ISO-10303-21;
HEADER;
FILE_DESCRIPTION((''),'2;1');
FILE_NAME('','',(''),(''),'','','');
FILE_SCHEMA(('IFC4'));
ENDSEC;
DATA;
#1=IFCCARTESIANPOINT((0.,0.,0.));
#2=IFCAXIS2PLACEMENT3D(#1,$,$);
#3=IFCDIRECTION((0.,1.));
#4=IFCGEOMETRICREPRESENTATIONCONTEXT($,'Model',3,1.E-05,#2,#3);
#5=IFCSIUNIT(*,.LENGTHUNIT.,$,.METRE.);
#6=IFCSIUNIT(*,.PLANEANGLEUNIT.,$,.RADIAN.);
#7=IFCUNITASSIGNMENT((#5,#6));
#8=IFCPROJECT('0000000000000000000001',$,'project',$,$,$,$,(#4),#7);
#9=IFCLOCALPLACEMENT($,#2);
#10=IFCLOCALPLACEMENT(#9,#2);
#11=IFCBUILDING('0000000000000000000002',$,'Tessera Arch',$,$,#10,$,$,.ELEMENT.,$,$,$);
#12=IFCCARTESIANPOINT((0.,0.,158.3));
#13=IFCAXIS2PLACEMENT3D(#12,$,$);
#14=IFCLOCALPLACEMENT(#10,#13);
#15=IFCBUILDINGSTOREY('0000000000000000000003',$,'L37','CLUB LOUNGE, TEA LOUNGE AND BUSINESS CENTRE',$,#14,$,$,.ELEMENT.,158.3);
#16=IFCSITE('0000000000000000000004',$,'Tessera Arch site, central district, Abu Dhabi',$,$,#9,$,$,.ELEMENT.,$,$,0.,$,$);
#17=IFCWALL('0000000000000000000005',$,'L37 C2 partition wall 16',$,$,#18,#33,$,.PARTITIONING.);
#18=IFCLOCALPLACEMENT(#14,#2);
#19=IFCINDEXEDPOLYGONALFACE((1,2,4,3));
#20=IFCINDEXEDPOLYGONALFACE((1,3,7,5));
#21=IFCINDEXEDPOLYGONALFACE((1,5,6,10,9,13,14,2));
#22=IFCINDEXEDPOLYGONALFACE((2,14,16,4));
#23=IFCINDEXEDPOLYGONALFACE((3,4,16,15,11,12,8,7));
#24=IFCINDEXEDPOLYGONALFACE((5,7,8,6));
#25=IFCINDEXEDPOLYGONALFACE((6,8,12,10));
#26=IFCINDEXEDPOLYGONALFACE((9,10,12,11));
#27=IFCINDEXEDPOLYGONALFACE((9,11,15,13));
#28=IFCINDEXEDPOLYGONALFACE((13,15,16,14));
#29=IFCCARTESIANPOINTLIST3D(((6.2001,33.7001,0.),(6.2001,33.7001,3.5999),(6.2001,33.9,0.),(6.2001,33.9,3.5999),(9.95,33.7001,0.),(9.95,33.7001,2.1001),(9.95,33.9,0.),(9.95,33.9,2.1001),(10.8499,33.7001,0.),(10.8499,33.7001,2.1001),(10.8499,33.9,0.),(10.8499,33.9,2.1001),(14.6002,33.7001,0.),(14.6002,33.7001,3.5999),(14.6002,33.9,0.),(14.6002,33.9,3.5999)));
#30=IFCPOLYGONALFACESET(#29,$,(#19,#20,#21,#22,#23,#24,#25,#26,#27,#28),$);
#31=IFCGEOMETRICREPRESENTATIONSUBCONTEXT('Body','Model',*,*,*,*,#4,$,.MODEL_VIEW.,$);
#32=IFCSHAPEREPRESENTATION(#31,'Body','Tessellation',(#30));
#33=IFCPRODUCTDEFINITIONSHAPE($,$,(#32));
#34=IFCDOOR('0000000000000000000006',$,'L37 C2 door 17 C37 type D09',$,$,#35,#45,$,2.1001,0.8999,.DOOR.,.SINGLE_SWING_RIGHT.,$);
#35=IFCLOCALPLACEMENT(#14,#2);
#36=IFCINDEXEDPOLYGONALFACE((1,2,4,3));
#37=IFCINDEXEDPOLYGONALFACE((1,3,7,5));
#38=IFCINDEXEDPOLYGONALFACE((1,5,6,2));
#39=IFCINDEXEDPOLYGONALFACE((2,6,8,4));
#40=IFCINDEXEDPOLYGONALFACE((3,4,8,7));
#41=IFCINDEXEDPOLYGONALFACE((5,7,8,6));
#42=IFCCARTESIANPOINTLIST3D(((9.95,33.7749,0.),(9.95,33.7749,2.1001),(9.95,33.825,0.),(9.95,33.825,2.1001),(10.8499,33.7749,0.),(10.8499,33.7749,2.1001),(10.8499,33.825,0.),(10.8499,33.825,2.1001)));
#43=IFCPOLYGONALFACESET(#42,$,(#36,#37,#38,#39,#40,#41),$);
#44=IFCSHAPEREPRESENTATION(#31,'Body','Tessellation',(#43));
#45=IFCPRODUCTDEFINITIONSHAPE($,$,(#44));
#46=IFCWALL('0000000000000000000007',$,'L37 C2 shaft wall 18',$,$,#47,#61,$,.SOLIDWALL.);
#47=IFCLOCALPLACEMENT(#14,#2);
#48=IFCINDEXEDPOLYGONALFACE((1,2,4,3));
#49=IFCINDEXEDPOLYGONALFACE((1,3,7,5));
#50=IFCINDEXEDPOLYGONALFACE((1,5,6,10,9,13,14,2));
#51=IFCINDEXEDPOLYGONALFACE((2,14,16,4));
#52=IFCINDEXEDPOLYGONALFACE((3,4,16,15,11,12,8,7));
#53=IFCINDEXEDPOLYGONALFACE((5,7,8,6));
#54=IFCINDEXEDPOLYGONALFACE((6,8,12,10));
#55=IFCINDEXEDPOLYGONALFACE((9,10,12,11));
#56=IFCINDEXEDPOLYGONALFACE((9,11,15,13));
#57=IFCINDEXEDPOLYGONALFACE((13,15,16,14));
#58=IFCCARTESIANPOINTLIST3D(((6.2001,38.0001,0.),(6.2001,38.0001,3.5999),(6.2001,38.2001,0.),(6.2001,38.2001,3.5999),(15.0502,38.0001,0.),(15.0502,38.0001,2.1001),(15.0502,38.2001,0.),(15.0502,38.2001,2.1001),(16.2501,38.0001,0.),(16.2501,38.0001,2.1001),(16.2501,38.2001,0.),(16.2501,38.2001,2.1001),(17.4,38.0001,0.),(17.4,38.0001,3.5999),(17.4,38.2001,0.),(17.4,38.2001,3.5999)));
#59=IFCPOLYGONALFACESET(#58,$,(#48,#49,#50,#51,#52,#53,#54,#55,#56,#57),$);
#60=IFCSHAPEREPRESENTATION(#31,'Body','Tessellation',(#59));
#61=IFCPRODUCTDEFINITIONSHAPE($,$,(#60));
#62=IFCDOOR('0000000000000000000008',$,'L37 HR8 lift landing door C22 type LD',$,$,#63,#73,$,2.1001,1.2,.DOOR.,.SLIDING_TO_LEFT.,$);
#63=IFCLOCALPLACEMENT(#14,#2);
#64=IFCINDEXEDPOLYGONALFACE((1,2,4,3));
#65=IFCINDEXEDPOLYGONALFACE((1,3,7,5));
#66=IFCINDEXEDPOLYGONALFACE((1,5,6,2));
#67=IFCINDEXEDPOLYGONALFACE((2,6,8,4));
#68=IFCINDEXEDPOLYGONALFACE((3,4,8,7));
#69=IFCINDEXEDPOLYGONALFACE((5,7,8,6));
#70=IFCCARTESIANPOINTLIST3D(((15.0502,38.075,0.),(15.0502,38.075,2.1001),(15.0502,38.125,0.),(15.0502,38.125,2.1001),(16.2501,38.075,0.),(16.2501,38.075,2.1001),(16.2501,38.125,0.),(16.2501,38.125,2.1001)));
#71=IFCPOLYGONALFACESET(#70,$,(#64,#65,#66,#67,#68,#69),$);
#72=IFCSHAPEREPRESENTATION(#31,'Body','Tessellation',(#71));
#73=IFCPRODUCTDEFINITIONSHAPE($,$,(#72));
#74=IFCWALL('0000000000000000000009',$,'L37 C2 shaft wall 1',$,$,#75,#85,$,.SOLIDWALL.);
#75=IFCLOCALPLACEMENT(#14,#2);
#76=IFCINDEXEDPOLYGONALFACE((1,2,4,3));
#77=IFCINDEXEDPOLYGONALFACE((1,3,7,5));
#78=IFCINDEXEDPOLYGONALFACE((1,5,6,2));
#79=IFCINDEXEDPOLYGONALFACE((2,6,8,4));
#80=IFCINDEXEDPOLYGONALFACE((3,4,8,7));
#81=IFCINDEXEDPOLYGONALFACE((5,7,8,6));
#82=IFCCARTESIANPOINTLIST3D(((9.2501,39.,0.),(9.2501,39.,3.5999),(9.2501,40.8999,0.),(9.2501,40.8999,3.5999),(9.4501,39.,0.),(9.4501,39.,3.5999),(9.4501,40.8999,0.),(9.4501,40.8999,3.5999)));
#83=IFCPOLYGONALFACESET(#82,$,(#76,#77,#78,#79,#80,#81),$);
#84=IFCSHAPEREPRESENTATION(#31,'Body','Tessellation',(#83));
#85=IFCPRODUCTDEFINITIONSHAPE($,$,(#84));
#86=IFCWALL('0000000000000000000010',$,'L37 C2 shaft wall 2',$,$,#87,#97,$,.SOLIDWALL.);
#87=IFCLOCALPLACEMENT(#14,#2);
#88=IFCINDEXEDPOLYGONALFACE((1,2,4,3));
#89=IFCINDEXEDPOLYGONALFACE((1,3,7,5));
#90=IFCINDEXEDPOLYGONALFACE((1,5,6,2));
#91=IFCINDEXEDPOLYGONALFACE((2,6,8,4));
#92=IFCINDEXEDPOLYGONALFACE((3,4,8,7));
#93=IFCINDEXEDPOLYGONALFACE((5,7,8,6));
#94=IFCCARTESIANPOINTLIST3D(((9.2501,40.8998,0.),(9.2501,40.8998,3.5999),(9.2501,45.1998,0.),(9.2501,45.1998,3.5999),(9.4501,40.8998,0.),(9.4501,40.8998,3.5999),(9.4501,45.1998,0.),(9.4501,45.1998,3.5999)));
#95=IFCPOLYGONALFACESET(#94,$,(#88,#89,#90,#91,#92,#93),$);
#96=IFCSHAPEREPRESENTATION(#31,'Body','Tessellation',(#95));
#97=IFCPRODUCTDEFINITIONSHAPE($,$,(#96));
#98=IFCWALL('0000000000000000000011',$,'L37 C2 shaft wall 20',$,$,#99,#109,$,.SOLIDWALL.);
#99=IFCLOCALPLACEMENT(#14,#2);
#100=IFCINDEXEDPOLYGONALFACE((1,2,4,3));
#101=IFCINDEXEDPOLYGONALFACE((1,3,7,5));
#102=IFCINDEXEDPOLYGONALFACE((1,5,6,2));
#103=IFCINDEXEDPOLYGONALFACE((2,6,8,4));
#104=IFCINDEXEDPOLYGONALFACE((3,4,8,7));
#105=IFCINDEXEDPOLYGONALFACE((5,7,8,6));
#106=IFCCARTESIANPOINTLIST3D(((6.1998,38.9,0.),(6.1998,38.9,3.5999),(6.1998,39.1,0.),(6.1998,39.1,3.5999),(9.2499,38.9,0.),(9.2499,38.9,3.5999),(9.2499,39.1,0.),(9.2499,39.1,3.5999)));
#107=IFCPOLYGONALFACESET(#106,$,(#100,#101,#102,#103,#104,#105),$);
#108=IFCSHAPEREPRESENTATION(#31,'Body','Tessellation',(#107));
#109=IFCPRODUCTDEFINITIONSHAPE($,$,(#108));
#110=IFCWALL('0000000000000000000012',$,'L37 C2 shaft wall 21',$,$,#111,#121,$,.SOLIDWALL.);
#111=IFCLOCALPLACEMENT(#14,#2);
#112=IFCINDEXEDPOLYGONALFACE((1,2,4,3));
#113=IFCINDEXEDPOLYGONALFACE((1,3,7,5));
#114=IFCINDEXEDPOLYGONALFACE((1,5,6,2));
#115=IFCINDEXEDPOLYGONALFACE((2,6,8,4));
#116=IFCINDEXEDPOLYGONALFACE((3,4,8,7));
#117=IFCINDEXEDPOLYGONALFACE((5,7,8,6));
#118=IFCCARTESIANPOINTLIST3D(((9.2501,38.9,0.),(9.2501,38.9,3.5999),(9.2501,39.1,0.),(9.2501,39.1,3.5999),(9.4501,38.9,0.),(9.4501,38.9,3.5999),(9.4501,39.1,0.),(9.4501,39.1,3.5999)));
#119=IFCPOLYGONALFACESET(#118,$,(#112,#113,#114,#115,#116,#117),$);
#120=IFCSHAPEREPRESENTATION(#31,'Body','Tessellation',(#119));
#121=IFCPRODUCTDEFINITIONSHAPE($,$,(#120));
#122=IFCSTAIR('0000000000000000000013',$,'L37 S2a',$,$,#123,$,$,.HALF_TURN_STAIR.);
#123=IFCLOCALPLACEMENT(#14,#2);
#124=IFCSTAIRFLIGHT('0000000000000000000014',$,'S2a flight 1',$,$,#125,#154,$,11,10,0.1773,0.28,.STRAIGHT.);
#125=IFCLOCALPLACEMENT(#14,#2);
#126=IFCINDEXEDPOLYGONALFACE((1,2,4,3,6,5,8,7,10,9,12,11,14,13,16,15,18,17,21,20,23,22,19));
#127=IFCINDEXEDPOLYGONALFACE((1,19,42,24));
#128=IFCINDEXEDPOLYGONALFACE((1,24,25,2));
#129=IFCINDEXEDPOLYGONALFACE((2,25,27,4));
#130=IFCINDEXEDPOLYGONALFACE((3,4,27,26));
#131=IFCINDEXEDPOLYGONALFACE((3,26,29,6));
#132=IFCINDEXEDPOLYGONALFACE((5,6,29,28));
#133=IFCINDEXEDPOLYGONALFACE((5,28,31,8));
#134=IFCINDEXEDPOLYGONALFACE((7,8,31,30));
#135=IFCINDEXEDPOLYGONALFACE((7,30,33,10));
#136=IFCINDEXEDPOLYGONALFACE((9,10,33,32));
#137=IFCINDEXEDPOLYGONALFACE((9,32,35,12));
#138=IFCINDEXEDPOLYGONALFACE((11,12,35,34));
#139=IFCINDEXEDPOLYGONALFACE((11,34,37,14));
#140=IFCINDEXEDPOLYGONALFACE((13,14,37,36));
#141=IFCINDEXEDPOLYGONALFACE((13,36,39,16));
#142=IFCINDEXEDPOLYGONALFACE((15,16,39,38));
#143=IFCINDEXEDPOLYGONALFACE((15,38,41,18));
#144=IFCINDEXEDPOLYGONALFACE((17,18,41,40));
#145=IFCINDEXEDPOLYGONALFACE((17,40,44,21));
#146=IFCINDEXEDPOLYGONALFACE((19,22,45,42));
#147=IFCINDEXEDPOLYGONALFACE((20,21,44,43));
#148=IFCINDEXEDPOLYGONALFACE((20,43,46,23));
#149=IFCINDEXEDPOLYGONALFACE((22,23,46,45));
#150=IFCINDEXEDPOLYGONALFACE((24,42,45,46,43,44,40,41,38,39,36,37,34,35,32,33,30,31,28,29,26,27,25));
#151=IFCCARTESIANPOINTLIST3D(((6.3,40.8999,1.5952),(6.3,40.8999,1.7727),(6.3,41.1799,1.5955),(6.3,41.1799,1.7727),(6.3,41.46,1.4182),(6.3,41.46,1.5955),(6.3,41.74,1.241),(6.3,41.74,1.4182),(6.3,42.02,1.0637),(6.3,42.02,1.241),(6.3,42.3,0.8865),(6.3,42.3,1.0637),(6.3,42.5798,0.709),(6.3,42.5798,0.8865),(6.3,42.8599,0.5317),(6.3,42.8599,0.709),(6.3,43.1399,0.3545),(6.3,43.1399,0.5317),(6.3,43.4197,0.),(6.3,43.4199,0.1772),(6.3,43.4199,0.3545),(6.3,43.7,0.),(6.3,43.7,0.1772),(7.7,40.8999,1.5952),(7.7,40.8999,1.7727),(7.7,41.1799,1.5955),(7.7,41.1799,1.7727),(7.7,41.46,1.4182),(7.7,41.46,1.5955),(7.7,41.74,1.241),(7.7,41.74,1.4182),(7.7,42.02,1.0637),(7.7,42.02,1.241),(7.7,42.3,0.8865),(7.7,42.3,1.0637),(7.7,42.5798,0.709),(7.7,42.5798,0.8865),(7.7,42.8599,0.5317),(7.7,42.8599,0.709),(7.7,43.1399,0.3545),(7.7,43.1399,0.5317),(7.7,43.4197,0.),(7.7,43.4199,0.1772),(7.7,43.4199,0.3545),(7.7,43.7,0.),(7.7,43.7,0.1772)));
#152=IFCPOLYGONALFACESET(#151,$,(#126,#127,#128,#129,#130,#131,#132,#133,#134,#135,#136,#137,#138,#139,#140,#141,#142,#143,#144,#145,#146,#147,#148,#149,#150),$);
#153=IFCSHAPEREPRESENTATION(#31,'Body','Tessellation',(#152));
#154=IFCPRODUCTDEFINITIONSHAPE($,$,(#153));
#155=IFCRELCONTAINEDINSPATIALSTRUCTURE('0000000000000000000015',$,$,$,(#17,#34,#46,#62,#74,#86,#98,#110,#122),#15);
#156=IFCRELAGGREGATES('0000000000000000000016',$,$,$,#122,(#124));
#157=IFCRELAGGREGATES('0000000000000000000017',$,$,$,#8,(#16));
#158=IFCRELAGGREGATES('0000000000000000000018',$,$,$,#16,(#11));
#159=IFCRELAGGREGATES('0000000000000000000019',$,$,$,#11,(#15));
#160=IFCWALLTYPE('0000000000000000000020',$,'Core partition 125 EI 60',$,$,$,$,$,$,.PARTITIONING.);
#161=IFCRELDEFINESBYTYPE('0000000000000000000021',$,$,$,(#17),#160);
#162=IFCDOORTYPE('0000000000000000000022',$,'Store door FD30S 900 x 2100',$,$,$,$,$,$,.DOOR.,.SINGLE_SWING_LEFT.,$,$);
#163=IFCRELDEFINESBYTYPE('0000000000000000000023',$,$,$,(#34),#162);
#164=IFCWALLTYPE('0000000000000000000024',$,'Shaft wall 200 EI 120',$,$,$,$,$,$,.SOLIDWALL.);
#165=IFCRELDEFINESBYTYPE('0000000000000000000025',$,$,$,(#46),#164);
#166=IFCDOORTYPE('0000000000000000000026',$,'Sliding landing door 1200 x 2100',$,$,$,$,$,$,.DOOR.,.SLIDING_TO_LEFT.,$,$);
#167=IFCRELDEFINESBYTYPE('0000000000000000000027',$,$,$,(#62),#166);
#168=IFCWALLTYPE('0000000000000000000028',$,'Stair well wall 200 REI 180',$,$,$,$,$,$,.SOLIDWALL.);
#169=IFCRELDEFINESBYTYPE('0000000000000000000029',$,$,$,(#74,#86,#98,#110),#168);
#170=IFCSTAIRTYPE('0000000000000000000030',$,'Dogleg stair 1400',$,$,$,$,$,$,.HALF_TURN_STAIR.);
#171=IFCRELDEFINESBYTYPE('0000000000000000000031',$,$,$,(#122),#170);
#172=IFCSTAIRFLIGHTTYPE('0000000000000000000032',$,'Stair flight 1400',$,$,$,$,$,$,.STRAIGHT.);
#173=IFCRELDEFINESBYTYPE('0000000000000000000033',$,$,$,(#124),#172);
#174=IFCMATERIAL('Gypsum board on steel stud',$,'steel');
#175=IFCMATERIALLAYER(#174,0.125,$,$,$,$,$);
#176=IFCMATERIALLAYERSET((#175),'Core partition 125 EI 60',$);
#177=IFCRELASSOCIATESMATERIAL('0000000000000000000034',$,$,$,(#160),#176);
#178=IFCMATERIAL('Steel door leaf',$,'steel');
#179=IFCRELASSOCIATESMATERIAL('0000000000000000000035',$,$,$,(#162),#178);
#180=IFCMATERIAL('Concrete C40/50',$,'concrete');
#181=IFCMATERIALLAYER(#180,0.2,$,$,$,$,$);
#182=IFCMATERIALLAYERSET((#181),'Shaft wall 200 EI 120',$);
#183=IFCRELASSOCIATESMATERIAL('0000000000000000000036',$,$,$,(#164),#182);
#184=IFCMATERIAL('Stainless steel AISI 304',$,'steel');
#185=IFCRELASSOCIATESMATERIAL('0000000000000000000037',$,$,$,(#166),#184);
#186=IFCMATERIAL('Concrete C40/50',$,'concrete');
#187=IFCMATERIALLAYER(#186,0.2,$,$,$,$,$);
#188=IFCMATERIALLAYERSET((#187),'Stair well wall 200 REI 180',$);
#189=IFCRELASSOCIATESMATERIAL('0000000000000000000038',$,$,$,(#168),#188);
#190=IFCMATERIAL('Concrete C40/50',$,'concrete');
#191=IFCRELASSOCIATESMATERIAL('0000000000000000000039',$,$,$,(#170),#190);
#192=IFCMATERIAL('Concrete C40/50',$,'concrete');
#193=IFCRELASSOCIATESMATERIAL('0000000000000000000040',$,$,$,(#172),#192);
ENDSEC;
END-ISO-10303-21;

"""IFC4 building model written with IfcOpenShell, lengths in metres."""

from ifc_helpers import new_model, si_unit, direction, frame, frame_2d, origin, place, context, subcontext, project, spatial, polyline, rectangle, outline, extrude, material, layer, layer_set, type_object, element, fill, aggregate, save


model = new_model("IFC4")

# Units and contexts
model_context = context("Model", 3, precision=1e-05, world=origin(), true_north=direction((0.0, 1.0)))
body_context = subcontext(model_context, "Body", "Model", "MODEL_VIEW")
ifc_project = project(units=[si_unit("LENGTHUNIT", "METRE"), si_unit("PLANEANGLEUNIT", "RADIAN")], contexts=[model_context])

# Site, building, storey
site_placement = place(None, origin())
site = spatial("IfcSite", under=ifc_project, at=site_placement, Name="Tessera Arch site, central district, Abu Dhabi", CompositionType="ELEMENT", RefElevation=0.0)
building_placement = place(site_placement, origin())
building = spatial("IfcBuilding", under=site, at=building_placement, Name="Tessera Arch", CompositionType="ELEMENT")
storey_placement = place(building_placement, frame((0.0, 0.0, 158.3)))
storey = spatial("IfcBuildingStorey", under=building, at=storey_placement, Name="L37", Description="CLUB LOUNGE, TEA LOUNGE AND BUSINESS CENTRE", CompositionType="ELEMENT", Elevation=158.3)

# Shared definitions
ifc_material_1 = material(Name="Gypsum board on steel stud", Category="steel")
ifc_layer_1 = layer(ifc_material_1, 0.125)
ifc_layer_set_1 = layer_set([ifc_layer_1], Name="Core partition 125 EI 60")
wall_type_1 = type_object("IfcWallType", Name="Core partition 125 EI 60", PredefinedType="PARTITIONING", material=ifc_layer_set_1)
ifc_material_2 = material(Name="Steel door leaf", Category="steel")
door_type_1 = type_object("IfcDoorType", Name="Store door FD30S 900 x 2100", OperationType="SINGLE_SWING_LEFT", PredefinedType="DOOR", material=ifc_material_2)

# Walls, openings, doors
wall_1_placement = place(storey_placement, frame((6.2, 33.8, 0.0), z_axis=(0.0, 0.0, 1.0), x_axis=(1.0, 0.0, 0.0)))
wall_1 = element("IfcWall", 1, at=wall_1_placement, inside=storey, type_object=wall_type_1, Name="L37 C2 partition wall 16", PredefinedType="PARTITIONING", context=body_context, shape_type="SweptSolid", body=[
    extrude(rectangle(XDim=8.4001, YDim=0.2, at=frame_2d((4.2002, 0.0))), origin(), (0.0, 0.0, 1.0), 3.5999),
])
opening_1_placement = place(wall_1_placement, frame((3.75, 0.0, 0.0)))
opening_1 = element("IfcOpeningElement", 2, at=opening_1_placement, cuts=wall_1, PredefinedType="OPENING", context=body_context, shape_type="SweptSolid", body=[
    extrude(rectangle(XDim=0.8999, YDim=2.1001, at=frame_2d((0.45, 1.05))), frame((0.0, 0.1099, 0.0), z_axis=(0.0, -1.0, 0.0), x_axis=(1.0, 0.0, 0.0)), (0.0, 0.0, 1.0), 0.22),
])
door_1_placement = place(opening_1_placement, origin())
door_1 = element("IfcDoor", 3, at=door_1_placement, inside=storey, type_object=door_type_1, Name="L37 C2 door 17 C37 type D09", OperationType="SINGLE_SWING_RIGHT", OverallHeight=2.1001, OverallWidth=0.8999, PredefinedType="DOOR", context=body_context, shape_type="SweptSolid", body=[
    extrude(rectangle(XDim=0.8999, YDim=2.1001, at=frame_2d((0.45, 1.05))), frame((0.0, 0.0249, 0.0), z_axis=(0.0, -1.0, 0.0), x_axis=(1.0, 0.0, 0.0)), (0.0, 0.0, 1.0), 0.05),
])
fill(opening_1, door_1)
ifc_material_3 = material(Name="Concrete C40/50", Category="concrete")
ifc_layer_2 = layer(ifc_material_3, 0.2)
ifc_layer_set_2 = layer_set([ifc_layer_2], Name="Shaft wall 200 EI 120")
wall_type_2 = type_object("IfcWallType", Name="Shaft wall 200 EI 120", PredefinedType="SOLIDWALL", material=ifc_layer_set_2)
wall_2_placement = place(storey_placement, frame((6.2, 38.1001, 0.0), z_axis=(0.0, 0.0, 1.0), x_axis=(1.0, 0.0, 0.0)))
wall_2 = element("IfcWall", 4, at=wall_2_placement, inside=storey, type_object=wall_type_2, Name="L37 C2 shaft wall 18", PredefinedType="SOLIDWALL", context=body_context, shape_type="SweptSolid", body=[
    extrude(rectangle(XDim=11.2, YDim=0.2, at=frame_2d((5.6001, 0.0))), origin(), (0.0, 0.0, 1.0), 3.5999),
])
opening_2_placement = place(wall_2_placement, frame((8.8501, 0.0, 0.0)))
opening_2 = element("IfcOpeningElement", 5, at=opening_2_placement, cuts=wall_2, PredefinedType="OPENING", context=body_context, shape_type="SweptSolid", body=[
    extrude(rectangle(XDim=1.2, YDim=2.1001, at=frame_2d((0.6001, 1.05))), frame((0.0, 0.1099, 0.0), z_axis=(0.0, -1.0, 0.0), x_axis=(1.0, 0.0, 0.0)), (0.0, 0.0, 1.0), 0.22),
])
ifc_material_4 = material(Name="Stainless steel AISI 304", Category="steel")
door_type_2 = type_object("IfcDoorType", Name="Sliding landing door 1200 x 2100", OperationType="SLIDING_TO_LEFT", PredefinedType="DOOR", material=ifc_material_4)
door_2_placement = place(opening_2_placement, origin())
door_2 = element("IfcDoor", 6, at=door_2_placement, inside=storey, type_object=door_type_2, Name="L37 HR8 lift landing door C22 type LD", OperationType="SLIDING_TO_LEFT", OverallHeight=2.1001, OverallWidth=1.2, PredefinedType="DOOR", context=body_context, shape_type="SweptSolid", body=[
    extrude(rectangle(XDim=1.2, YDim=2.1001, at=frame_2d((0.6001, 1.05))), frame((0.0, 0.0249, 0.0), z_axis=(0.0, -1.0, 0.0), x_axis=(1.0, 0.0, 0.0)), (0.0, 0.0, 1.0), 0.05),
])
fill(opening_2, door_2)

# Walls
ifc_material_5 = material(Name="Concrete C40/50", Category="concrete")
ifc_layer_3 = layer(ifc_material_5, 0.2)
ifc_layer_set_3 = layer_set([ifc_layer_3], Name="Stair well wall 200 REI 180")
wall_type_3 = type_object("IfcWallType", Name="Stair well wall 200 REI 180", PredefinedType="SOLIDWALL", material=ifc_layer_set_3)
wall_3_placement = place(storey_placement, frame((9.3501, 39.0, 0.0), z_axis=(0.0, 0.0, 1.0), x_axis=(0.0, 1.0, 0.0)))
element("IfcWall", 7, at=wall_3_placement, inside=storey, type_object=wall_type_3, Name="L37 C2 shaft wall 1", PredefinedType="SOLIDWALL", context=body_context, shape_type="SweptSolid", body=[
    extrude(rectangle(XDim=1.8999, YDim=0.2, at=frame_2d((0.95, 0.0))), origin(), (0.0, 0.0, 1.0), 3.5999),
])
wall_4_placement = place(storey_placement, frame((9.3501, 40.8999, 0.0), z_axis=(0.0, 0.0, 1.0), x_axis=(0.0, 1.0, 0.0)))
element("IfcWall", 8, at=wall_4_placement, inside=storey, type_object=wall_type_3, Name="L37 C2 shaft wall 2", PredefinedType="SOLIDWALL", context=body_context, shape_type="SweptSolid", body=[
    extrude(rectangle(XDim=4.3, YDim=0.2, at=frame_2d((2.1499, 0.0))), origin(), (0.0, 0.0, 1.0), 3.5999),
])
wall_5_placement = place(storey_placement, frame((6.2, 39.0, 0.0), z_axis=(0.0, 0.0, 1.0), x_axis=(1.0, 0.0, 0.0)))
element("IfcWall", 9, at=wall_5_placement, inside=storey, type_object=wall_type_3, Name="L37 C2 shaft wall 20", PredefinedType="SOLIDWALL", context=body_context, shape_type="SweptSolid", body=[
    extrude(rectangle(XDim=3.05, YDim=0.2, at=frame_2d((1.5249, 0.0))), origin(), (0.0, 0.0, 1.0), 3.5999),
])
wall_6_placement = place(storey_placement, frame((9.25, 39.0, 0.0), z_axis=(0.0, 0.0, 1.0), x_axis=(1.0, 0.0, 0.0)))
element("IfcWall", 10, at=wall_6_placement, inside=storey, type_object=wall_type_3, Name="L37 C2 shaft wall 21", PredefinedType="SOLIDWALL", context=body_context, shape_type="SweptSolid", body=[
    extrude(rectangle(XDim=0.2, YDim=0.2, at=frame_2d((0.1001, 0.0))), origin(), (0.0, 0.0, 1.0), 3.5999),
])

# Stair, stair flight
ifc_material_6 = material(Name="Concrete C40/50", Category="concrete")
stair_type = type_object("IfcStairType", Name="Dogleg stair 1400", PredefinedType="HALF_TURN_STAIR", material=ifc_material_6)
stair_placement = place(storey_placement, origin())
stair = element("IfcStair", 11, at=stair_placement, inside=storey, type_object=stair_type, Name="L37 S2a", PredefinedType="HALF_TURN_STAIR")
ifc_material_7 = material(Name="Concrete C40/50", Category="concrete")
stair_flight_type = type_object("IfcStairFlightType", Name="Stair flight 1400", PredefinedType="STRAIGHT", material=ifc_material_7)
stair_flight_1_placement = place(storey_placement, frame((7.0, 43.7, 0.0), z_axis=(0.0, 0.0, 1.0), x_axis=(0.0, -1.0, 0.0)))
stair_flight_1 = element("IfcStairFlight", 12, at=stair_flight_1_placement, type_object=stair_flight_type, Name="S2a flight 1", NumberOfRisers=11, NumberOfTreads=10, PredefinedType="STRAIGHT", RiserHeight=0.1773, TreadLength=0.28, context=body_context, shape_type="SweptSolid", body=[
    extrude(outline(polyline([(0.0, 0.0), (0.0, 0.1772), (0.28, 0.1772), (0.28, 0.3545), (0.5601, 0.3545), (0.5601, 0.5317), (0.8401, 0.5317), (0.8401, 0.709), (1.1201, 0.709), (1.1201, 0.8865), (1.3999, 0.8865), (1.3999, 1.0637), (1.6799, 1.0637), (1.6799, 1.241), (1.96, 1.241), (1.96, 1.4182), (2.24, 1.4182), (2.24, 1.5955), (2.52, 1.5955), (2.52, 1.7727), (2.8, 1.7727), (2.8, 1.95), (2.8, 1.5952), (0.2803, 0.0), (0.0, 0.0)])), frame((0.0, 0.7, 0.0), z_axis=(0.0, -1.0, 0.0), x_axis=(1.0, 0.0, 0.0)), (0.0, 0.0, 1.0), 1.3999),
])
aggregate(stair, [stair_flight_1])

save(model, "model.ifc")
